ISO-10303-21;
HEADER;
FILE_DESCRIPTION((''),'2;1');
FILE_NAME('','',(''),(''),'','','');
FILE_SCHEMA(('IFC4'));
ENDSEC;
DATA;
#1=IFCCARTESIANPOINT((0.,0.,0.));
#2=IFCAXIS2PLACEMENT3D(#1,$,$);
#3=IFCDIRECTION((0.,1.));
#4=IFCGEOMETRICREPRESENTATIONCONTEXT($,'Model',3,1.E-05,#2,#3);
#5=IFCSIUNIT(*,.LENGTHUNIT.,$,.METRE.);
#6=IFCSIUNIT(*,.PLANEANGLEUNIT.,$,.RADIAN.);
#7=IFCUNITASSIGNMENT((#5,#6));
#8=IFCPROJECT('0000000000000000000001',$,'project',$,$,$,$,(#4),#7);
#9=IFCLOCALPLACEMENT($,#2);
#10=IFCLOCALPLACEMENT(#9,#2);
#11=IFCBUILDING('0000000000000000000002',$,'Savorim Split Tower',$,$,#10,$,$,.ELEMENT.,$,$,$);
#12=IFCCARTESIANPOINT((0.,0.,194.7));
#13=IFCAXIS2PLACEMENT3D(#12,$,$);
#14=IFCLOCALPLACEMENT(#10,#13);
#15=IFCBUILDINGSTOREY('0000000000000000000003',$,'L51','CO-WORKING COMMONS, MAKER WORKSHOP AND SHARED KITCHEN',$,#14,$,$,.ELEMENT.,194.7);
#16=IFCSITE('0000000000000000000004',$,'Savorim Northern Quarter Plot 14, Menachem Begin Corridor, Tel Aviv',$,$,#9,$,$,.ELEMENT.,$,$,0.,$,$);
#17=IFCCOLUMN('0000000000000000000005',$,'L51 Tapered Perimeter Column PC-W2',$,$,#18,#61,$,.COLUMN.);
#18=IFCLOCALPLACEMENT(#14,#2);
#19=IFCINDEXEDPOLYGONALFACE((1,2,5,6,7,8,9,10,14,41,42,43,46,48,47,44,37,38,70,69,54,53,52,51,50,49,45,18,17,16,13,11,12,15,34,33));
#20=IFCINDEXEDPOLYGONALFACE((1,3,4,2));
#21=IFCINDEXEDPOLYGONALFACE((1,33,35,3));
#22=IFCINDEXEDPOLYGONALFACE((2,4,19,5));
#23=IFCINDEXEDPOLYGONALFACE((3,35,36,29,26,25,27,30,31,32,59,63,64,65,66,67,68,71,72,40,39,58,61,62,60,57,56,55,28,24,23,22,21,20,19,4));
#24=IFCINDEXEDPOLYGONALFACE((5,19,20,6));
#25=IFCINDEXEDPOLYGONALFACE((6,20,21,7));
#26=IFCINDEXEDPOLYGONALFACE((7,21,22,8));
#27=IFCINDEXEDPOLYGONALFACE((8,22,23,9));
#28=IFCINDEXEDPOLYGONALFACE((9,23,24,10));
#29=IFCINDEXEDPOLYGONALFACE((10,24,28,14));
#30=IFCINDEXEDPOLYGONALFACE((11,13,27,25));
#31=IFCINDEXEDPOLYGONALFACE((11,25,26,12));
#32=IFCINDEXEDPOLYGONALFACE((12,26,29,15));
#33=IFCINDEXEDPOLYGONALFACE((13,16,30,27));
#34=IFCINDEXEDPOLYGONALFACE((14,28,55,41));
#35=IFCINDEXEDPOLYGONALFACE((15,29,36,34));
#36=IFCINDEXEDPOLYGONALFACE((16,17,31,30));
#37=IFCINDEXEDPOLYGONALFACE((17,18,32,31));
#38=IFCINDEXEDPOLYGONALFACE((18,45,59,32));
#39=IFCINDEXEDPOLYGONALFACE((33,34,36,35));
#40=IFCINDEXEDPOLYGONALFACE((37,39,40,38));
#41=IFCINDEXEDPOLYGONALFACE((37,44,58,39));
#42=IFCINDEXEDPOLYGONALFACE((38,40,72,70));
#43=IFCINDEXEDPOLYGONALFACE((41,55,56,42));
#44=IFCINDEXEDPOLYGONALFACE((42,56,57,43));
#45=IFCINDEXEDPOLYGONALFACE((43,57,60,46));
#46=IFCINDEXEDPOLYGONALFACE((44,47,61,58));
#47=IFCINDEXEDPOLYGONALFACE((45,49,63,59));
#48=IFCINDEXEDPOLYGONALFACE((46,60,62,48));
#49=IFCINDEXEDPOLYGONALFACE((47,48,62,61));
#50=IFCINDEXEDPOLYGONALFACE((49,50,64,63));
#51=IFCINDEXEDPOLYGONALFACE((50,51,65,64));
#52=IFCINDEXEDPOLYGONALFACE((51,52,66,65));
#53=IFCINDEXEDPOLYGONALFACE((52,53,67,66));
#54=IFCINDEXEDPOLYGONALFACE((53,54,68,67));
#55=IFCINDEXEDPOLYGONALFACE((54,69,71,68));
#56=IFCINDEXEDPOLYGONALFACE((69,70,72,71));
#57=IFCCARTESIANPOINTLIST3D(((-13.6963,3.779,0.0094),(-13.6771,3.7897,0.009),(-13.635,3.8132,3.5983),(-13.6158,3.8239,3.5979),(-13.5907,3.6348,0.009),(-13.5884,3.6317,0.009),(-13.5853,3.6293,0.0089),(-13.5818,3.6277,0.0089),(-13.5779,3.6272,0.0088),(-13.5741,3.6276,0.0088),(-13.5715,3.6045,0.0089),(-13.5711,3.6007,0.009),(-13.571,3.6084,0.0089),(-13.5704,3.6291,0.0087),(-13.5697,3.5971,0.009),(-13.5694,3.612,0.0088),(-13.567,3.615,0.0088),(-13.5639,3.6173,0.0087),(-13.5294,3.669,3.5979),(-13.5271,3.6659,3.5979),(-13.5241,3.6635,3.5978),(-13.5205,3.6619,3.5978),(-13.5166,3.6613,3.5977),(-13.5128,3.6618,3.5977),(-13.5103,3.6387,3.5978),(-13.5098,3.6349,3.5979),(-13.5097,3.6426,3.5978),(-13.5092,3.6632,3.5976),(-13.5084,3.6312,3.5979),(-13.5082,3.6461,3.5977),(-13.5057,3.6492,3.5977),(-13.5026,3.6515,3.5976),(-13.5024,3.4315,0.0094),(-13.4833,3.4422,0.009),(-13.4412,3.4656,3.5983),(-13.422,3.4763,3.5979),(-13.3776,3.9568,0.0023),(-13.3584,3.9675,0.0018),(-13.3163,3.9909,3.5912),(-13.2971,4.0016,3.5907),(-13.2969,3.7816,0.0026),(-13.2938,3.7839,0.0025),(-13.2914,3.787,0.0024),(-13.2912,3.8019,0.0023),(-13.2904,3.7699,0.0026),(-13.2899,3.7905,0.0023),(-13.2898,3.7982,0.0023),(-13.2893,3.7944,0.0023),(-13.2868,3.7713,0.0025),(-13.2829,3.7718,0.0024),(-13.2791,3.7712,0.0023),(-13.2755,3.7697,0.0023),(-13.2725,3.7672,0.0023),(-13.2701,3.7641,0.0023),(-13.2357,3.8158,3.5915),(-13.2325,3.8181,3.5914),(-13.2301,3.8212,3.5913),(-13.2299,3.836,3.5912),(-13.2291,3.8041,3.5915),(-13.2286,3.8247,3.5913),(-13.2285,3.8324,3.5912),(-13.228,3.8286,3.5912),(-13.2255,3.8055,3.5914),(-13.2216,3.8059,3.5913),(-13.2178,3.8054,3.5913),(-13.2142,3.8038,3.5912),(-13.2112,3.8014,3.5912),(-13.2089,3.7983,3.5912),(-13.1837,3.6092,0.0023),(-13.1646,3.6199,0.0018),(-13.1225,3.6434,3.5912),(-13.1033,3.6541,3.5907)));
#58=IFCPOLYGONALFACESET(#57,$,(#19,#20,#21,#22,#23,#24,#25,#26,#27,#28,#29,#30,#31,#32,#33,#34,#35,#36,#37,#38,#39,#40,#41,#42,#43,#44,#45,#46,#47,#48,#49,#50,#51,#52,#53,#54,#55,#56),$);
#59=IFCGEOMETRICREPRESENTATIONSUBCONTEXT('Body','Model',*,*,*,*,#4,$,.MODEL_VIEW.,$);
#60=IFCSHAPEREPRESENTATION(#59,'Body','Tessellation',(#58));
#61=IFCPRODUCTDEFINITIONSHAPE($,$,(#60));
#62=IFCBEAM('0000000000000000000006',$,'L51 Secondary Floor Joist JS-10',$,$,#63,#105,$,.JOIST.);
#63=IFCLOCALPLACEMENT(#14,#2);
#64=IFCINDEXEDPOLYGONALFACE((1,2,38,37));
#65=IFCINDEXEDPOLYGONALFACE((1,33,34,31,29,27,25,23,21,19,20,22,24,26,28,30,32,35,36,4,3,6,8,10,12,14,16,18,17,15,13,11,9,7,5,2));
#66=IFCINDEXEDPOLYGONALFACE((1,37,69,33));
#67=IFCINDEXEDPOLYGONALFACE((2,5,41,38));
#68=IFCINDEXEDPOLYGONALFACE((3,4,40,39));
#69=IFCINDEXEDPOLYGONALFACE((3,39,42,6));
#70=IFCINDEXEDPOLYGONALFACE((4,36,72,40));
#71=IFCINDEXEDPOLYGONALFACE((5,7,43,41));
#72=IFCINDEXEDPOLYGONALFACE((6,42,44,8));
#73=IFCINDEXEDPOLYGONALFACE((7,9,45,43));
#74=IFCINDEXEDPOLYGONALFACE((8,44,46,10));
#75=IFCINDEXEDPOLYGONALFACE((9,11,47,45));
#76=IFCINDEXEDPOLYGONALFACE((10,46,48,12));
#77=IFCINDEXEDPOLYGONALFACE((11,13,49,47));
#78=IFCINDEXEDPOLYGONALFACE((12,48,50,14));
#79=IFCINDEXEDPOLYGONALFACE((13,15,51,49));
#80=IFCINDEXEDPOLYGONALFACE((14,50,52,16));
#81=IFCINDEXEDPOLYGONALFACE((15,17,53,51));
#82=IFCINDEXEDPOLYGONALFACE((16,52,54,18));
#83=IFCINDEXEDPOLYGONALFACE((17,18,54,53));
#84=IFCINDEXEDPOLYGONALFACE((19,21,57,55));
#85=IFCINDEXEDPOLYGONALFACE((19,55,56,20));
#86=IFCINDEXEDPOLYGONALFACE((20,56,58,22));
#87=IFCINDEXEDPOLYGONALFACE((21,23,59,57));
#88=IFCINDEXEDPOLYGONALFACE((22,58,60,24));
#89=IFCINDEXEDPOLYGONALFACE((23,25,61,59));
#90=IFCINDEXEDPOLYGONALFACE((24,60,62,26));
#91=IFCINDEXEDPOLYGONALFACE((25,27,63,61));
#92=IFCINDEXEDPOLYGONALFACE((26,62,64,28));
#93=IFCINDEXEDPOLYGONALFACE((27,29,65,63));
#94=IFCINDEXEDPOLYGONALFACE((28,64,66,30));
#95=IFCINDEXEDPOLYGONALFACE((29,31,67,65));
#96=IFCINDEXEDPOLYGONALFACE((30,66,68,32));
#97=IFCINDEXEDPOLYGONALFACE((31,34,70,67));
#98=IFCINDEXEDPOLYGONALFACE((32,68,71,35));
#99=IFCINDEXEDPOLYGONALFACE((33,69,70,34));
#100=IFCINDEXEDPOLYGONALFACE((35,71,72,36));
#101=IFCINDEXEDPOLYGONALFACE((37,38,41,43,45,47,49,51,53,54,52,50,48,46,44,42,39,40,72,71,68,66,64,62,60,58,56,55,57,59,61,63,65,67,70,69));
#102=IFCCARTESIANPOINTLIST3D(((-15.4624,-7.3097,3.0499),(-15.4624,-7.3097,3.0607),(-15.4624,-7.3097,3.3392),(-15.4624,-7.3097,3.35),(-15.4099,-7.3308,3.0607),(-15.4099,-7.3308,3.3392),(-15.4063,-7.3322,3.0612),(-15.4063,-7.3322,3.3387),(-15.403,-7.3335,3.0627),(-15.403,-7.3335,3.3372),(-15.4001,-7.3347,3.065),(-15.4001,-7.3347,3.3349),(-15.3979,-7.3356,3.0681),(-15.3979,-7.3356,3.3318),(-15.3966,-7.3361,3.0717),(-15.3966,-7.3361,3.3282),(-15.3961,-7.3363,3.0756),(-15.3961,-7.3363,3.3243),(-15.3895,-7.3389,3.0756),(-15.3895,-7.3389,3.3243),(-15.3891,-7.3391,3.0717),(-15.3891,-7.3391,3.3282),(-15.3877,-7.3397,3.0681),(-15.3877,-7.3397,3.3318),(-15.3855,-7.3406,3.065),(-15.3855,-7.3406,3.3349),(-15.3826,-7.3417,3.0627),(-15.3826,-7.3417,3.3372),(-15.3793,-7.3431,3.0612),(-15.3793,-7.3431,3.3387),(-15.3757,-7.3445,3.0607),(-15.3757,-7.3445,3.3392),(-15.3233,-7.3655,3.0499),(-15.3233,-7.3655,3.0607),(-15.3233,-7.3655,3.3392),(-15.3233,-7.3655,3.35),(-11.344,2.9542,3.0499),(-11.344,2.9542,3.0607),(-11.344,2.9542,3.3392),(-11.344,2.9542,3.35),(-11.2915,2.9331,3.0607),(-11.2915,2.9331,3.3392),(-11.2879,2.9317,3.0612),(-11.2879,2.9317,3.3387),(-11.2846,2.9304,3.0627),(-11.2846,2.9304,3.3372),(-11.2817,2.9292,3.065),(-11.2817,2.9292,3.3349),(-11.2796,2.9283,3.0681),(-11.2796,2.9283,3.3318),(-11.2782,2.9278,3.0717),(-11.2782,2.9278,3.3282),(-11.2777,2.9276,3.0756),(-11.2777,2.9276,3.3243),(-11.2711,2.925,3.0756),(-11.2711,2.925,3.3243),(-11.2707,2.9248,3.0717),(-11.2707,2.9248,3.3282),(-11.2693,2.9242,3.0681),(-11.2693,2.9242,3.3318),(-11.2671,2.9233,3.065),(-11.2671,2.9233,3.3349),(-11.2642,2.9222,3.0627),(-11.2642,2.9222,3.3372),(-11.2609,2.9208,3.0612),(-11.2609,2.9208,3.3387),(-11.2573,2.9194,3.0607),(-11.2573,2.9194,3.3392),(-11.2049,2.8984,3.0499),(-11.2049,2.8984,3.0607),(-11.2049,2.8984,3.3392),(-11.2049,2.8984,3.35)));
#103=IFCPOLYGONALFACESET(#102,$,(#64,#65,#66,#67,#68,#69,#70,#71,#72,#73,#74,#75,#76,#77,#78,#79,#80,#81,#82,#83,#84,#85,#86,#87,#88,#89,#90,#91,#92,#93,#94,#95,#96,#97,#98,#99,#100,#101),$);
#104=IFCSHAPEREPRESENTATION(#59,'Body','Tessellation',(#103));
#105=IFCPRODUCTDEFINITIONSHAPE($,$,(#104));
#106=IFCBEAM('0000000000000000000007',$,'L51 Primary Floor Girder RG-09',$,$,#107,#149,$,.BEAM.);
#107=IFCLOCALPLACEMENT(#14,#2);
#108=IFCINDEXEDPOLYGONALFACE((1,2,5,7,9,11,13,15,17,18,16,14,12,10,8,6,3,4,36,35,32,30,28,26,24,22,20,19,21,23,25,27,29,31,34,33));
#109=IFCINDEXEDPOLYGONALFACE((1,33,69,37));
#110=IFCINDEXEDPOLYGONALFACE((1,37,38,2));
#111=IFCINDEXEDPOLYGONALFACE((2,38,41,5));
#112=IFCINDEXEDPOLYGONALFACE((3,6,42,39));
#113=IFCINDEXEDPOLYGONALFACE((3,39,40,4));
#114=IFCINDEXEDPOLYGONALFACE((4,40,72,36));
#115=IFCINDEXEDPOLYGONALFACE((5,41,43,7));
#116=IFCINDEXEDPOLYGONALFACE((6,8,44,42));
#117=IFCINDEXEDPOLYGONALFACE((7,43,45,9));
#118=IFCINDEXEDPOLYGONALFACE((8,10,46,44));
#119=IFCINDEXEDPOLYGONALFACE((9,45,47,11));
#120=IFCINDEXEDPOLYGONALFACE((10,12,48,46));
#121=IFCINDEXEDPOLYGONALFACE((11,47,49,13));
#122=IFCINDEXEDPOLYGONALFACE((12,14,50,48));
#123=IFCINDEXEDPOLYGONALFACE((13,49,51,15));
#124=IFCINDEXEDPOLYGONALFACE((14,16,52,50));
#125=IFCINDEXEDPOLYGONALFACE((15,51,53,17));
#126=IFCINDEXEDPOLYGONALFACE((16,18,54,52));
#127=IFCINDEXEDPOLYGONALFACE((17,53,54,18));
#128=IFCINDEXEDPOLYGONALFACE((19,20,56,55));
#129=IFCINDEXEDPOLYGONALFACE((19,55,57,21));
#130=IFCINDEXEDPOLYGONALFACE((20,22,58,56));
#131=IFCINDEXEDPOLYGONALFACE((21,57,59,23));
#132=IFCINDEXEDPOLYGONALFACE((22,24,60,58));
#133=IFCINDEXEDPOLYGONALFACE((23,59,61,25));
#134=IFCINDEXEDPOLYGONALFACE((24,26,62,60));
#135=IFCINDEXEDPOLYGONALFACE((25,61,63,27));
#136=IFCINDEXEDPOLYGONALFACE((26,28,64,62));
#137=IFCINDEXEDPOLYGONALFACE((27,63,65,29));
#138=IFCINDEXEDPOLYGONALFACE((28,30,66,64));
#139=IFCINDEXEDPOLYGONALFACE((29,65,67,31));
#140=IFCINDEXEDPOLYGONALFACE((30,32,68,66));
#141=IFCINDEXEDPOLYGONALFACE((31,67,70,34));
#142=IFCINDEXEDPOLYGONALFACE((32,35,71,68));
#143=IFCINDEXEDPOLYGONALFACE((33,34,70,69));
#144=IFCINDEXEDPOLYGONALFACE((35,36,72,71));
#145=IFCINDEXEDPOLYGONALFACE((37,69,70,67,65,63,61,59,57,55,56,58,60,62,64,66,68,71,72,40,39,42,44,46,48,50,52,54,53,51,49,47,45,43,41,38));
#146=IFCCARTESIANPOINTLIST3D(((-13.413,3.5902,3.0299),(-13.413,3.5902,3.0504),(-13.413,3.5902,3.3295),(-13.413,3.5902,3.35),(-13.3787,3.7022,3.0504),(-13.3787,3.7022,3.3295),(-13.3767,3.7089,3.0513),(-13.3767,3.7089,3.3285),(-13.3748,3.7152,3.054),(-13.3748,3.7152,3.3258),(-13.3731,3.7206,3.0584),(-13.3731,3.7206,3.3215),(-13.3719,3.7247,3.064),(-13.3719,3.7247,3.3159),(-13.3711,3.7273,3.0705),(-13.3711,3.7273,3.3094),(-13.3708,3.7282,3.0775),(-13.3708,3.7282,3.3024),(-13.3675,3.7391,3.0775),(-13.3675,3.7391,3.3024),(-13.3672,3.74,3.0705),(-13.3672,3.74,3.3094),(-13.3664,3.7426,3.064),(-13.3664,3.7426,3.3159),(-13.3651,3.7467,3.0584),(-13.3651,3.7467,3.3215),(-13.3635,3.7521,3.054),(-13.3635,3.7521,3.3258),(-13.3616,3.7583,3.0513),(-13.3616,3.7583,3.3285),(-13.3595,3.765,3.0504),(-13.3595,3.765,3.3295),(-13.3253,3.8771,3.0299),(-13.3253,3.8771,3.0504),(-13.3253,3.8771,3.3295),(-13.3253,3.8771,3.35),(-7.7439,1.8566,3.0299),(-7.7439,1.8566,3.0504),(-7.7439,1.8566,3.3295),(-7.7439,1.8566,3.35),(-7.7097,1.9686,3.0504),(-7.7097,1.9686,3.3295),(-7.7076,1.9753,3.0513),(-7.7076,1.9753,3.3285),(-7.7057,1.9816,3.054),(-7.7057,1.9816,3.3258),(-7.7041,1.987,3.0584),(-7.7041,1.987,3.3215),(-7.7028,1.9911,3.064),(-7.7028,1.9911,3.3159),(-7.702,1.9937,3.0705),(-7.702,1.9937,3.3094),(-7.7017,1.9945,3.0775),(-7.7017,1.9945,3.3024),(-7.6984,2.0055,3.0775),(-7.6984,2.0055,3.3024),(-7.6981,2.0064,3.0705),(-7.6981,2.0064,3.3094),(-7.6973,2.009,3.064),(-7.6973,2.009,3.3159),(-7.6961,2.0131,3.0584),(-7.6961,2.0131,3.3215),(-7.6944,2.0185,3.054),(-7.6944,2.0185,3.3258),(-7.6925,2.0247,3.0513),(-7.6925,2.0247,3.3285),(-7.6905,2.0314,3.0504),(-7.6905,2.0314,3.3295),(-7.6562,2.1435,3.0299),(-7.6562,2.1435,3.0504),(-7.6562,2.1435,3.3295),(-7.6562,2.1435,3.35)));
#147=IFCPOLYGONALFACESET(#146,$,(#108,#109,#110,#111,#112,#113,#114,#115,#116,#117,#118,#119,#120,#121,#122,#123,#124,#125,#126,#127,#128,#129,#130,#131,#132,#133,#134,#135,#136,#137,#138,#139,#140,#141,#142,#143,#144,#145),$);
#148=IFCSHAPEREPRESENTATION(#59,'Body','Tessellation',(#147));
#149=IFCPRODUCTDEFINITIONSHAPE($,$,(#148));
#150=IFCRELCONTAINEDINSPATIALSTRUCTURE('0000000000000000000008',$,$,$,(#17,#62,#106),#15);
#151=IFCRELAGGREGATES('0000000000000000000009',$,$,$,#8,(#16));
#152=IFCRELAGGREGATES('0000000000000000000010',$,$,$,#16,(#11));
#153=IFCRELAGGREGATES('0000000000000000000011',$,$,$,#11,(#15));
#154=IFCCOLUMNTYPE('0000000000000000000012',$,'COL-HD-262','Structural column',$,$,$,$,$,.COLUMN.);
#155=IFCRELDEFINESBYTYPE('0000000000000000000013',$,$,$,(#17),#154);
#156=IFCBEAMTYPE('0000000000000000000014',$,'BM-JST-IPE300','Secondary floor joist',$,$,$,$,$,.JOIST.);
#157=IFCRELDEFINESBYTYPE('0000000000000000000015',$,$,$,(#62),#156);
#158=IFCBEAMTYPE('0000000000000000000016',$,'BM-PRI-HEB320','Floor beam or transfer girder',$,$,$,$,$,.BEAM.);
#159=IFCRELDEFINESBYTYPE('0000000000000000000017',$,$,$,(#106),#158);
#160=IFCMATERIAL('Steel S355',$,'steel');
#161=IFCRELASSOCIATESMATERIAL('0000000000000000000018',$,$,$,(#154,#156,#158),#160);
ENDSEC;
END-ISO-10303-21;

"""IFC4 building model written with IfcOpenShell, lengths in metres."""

from ifc_helpers import new_model, si_unit, direction, frame, origin, origin_2d, place, context, subcontext, project, spatial, i_section, extrude, material, material_profile, profile_set, type_object, element, save


model = new_model("IFC4")

# Units and contexts
model_context = context("Model", 3, precision=1e-05, world=origin(), true_north=direction((0.0, 1.0)))
body_context = subcontext(model_context, "Body", "Model", "MODEL_VIEW")
ifc_project = project(units=[si_unit("LENGTHUNIT", "METRE"), si_unit("PLANEANGLEUNIT", "RADIAN")], contexts=[model_context])

# Site, building, storey
site_placement = place(None, origin())
site = spatial("IfcSite", under=ifc_project, at=site_placement, Name="Savorim Northern Quarter Plot 14, Menachem Begin Corridor, Tel Aviv", CompositionType="ELEMENT", RefElevation=0.0)
building_placement = place(site_placement, origin())
building = spatial("IfcBuilding", under=site, at=building_placement, Name="Savorim Split Tower", CompositionType="ELEMENT")
storey_placement = place(building_placement, frame((0.0, 0.0, 194.7)))
storey = spatial("IfcBuildingStorey", under=building, at=storey_placement, Name="L51", Description="CO-WORKING COMMONS, MAKER WORKSHOP AND SHARED KITCHEN", CompositionType="ELEMENT", Elevation=194.7)

# Column
ifc_material_1 = material(Name="Steel S355", Category="steel")
ifc_material_profile_1 = material_profile(ifc_material_1, i_section(OverallWidth=0.3979, OverallDepth=0.387, WebThickness=0.0134, FlangeThickness=0.022, FilletRadius=0.0149, at=origin_2d()), Name="HD 400x262")
ifc_profile_set_1 = profile_set([ifc_material_profile_1], Name="Steel S355")
column_type = type_object("IfcColumnType", Name="COL-HD-262", Description="Structural column", PredefinedType="COLUMN", material=ifc_profile_set_1)
column_placement = place(storey_placement, frame((-13.4304, 3.6995, 0.0056), z_axis=(0.017072, 0.009522, 0.999809), x_axis=(-0.487119, 0.873335, 0.0)))
element("IfcColumn", 1, at=column_placement, inside=storey, type_object=column_type, Name="L51 Tapered Perimeter Column PC-W2", PredefinedType="COLUMN", context=body_context, shape_type="SweptSolid", body=[
    extrude(i_section(OverallWidth=0.3979, OverallDepth=0.387, WebThickness=0.0134, FlangeThickness=0.022, FilletRadius=0.0149, at=origin_2d()), origin(), (0.0, 0.0, 1.0), 3.5896),
])

# Beams
ifc_material_profile_2 = material_profile(ifc_material_1, i_section(OverallWidth=0.1499, OverallDepth=0.3, WebThickness=0.0071, FlangeThickness=0.0107, FilletRadius=0.0149, at=origin_2d()), Name="IPE 300")
ifc_profile_set_2 = profile_set([ifc_material_profile_2], Name="Steel S355")
beam_type_1 = type_object("IfcBeamType", Name="BM-JST-IPE300", Description="Secondary floor joist", PredefinedType="JOIST", material=ifc_profile_set_2)
beam_1_placement = place(storey_placement, frame((-11.2744, 2.9263, 3.2), z_axis=(-0.372391, -0.928076, 0.0), x_axis=(0.928076, -0.372391, 0.0)))
element("IfcBeam", 2, at=beam_1_placement, inside=storey, type_object=beam_type_1, Name="L51 Secondary Floor Joist JS-10", PredefinedType="JOIST", context=body_context, shape_type="SweptSolid", body=[
    extrude(i_section(OverallWidth=0.1499, OverallDepth=0.3, WebThickness=0.0071, FlangeThickness=0.0107, FilletRadius=0.0149, at=origin_2d()), origin(), (0.0, 0.0, 1.0), 11.0593),
])
ifc_material_profile_3 = material_profile(ifc_material_1, i_section(OverallWidth=0.3, OverallDepth=0.3201, WebThickness=0.0115, FlangeThickness=0.0205, FilletRadius=0.0271, at=origin_2d()), Name="HEB 320")
ifc_profile_set_3 = profile_set([ifc_material_profile_3], Name="Steel S355")
beam_type_2 = type_object("IfcBeamType", Name="BM-PRI-HEB320", Description="Floor beam or transfer girder", PredefinedType="BEAM", material=ifc_profile_set_3)
beam_2_placement = place(storey_placement, frame((-13.3691, 3.7336, 3.1899), z_axis=(0.956286, -0.292433, 0.0), x_axis=(0.292433, 0.956286, 0.0)))
element("IfcBeam", 3, at=beam_2_placement, inside=storey, type_object=beam_type_2, Name="L51 Primary Floor Girder RG-09", PredefinedType="BEAM", context=body_context, shape_type="SweptSolid", body=[
    extrude(i_section(OverallWidth=0.3, OverallDepth=0.3201, WebThickness=0.0115, FlangeThickness=0.0205, FilletRadius=0.0271, at=origin_2d()), origin(), (0.0, 0.0, 1.0), 5.9282),
])

save(model, "model.ifc")
